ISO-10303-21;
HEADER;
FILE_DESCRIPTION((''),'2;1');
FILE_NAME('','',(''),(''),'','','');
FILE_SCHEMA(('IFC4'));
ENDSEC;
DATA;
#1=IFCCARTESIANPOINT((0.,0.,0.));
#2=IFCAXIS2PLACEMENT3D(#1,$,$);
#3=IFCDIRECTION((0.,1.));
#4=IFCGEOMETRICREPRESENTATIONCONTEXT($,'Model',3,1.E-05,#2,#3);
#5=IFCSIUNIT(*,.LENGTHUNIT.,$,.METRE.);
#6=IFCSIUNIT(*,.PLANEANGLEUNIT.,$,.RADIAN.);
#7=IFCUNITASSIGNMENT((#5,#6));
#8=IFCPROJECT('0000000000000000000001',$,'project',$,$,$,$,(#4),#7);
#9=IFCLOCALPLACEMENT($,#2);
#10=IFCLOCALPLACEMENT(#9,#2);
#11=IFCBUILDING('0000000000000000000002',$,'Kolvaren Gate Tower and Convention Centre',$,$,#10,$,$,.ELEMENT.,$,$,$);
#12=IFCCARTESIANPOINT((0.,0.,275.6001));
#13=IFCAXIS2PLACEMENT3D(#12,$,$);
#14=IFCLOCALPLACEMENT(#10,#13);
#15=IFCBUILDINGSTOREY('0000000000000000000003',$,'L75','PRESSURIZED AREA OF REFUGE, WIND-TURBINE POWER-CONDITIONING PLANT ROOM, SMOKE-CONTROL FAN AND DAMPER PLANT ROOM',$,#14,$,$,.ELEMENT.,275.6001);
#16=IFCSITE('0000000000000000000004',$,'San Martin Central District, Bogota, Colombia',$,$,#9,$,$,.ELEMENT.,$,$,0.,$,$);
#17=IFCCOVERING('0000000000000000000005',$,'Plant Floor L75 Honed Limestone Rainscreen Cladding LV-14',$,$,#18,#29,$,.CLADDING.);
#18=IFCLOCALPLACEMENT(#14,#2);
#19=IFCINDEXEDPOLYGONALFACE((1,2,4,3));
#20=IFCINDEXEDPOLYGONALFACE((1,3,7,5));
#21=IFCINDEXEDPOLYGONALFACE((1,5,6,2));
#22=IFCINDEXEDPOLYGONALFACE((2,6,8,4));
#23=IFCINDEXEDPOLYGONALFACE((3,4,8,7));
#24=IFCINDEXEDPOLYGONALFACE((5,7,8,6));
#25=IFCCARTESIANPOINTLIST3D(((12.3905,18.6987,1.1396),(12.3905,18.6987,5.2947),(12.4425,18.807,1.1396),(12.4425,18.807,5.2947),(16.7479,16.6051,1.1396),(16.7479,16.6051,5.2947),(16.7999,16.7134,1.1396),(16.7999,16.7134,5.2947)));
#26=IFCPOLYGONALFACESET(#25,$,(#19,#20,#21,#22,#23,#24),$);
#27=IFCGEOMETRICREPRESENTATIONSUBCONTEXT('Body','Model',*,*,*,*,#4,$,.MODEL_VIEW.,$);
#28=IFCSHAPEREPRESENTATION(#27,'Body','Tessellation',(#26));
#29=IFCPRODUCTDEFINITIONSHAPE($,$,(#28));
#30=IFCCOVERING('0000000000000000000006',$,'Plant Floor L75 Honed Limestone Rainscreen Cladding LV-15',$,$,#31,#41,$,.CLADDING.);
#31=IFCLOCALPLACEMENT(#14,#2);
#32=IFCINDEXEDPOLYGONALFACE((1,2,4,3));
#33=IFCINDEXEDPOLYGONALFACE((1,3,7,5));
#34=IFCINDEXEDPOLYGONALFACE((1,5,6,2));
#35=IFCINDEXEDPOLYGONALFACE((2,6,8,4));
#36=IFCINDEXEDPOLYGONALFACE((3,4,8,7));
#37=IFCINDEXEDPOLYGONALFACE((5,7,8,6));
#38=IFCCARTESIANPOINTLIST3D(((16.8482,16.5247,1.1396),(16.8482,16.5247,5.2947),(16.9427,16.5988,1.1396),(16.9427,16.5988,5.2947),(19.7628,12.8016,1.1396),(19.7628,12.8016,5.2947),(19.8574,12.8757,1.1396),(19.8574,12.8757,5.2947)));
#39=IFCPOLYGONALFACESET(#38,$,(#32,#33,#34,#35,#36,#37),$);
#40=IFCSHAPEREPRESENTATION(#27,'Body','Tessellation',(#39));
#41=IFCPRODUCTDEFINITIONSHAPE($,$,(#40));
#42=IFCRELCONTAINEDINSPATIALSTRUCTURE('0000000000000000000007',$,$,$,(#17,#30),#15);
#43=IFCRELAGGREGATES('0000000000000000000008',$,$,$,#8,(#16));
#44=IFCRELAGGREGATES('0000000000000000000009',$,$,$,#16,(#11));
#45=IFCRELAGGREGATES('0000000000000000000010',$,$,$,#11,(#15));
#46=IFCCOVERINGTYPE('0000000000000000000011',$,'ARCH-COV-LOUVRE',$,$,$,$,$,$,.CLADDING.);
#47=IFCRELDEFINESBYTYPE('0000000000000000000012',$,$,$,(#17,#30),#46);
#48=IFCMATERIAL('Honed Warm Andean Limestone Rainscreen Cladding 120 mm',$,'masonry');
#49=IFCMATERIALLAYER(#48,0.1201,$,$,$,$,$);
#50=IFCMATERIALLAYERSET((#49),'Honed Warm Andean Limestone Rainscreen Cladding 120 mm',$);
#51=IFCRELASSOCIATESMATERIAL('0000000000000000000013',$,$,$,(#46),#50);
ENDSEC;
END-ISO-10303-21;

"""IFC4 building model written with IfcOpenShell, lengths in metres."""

from ifc_helpers import new_model, si_unit, direction, frame, origin, origin_2d, place, context, subcontext, project, spatial, rectangle, extrude, material, layer, layer_set, type_object, element, save


model = new_model("IFC4")

# Units and contexts
model_context = context("Model", 3, precision=1e-05, world=origin(), true_north=direction((0.0, 1.0)))
body_context = subcontext(model_context, "Body", "Model", "MODEL_VIEW")
ifc_project = project(units=[si_unit("LENGTHUNIT", "METRE"), si_unit("PLANEANGLEUNIT", "RADIAN")], contexts=[model_context])

# Site, building, storey
site_placement = place(None, origin())
site = spatial("IfcSite", under=ifc_project, at=site_placement, Name="San Martin Central District, Bogota, Colombia", CompositionType="ELEMENT", RefElevation=0.0)
building_placement = place(site_placement, origin())
building = spatial("IfcBuilding", under=site, at=building_placement, Name="Kolvaren Gate Tower and Convention Centre", CompositionType="ELEMENT")
storey_placement = place(building_placement, frame((0.0, 0.0, 275.6001)))
storey = spatial("IfcBuildingStorey", under=building, at=storey_placement, Name="L75", Description="PRESSURIZED AREA OF REFUGE, WIND-TURBINE POWER-CONDITIONING PLANT ROOM, SMOKE-CONTROL FAN AND DAMPER PLANT ROOM", CompositionType="ELEMENT", Elevation=275.6001)

# Coverings
ifc_material_1 = material(Name="Honed Warm Andean Limestone Rainscreen Cladding 120 mm", Category="masonry")
ifc_layer_1 = layer(ifc_material_1, 0.1201)
ifc_layer_set_1 = layer_set([ifc_layer_1], Name="Honed Warm Andean Limestone Rainscreen Cladding 120 mm")
covering_type_1 = type_object("IfcCoveringType", Name="ARCH-COV-LOUVRE", PredefinedType="CLADDING", material=ifc_layer_set_1)
covering_1_placement = place(storey_placement, frame((14.5952, 17.7061, 1.1396), z_axis=(0.0, 0.0, 1.0), x_axis=(0.901356, -0.433079, 0.0)))
element("IfcCovering", 1, at=covering_1_placement, inside=storey, type_object=covering_type_1, Name="Plant Floor L75 Honed Limestone Rainscreen Cladding LV-14", PredefinedType="CLADDING", context=body_context, shape_type="SweptSolid", body=[
    extrude(rectangle(XDim=4.8342, YDim=0.1201, at=origin_2d()), origin(), (0.0, 0.0, 1.0), 4.155),
])
covering_2_placement = place(storey_placement, frame((18.3528, 14.7002, 1.1396), z_axis=(0.0, 0.0, 1.0), x_axis=(0.61643, -0.78741, 0.0)))
element("IfcCovering", 2, at=covering_2_placement, inside=storey, type_object=covering_type_1, Name="Plant Floor L75 Honed Limestone Rainscreen Cladding LV-15", PredefinedType="CLADDING", context=body_context, shape_type="SweptSolid", body=[
    extrude(rectangle(XDim=4.7283, YDim=0.1201, at=origin_2d()), origin(), (0.0, 0.0, 1.0), 4.155),
])

save(model, "model.ifc")
